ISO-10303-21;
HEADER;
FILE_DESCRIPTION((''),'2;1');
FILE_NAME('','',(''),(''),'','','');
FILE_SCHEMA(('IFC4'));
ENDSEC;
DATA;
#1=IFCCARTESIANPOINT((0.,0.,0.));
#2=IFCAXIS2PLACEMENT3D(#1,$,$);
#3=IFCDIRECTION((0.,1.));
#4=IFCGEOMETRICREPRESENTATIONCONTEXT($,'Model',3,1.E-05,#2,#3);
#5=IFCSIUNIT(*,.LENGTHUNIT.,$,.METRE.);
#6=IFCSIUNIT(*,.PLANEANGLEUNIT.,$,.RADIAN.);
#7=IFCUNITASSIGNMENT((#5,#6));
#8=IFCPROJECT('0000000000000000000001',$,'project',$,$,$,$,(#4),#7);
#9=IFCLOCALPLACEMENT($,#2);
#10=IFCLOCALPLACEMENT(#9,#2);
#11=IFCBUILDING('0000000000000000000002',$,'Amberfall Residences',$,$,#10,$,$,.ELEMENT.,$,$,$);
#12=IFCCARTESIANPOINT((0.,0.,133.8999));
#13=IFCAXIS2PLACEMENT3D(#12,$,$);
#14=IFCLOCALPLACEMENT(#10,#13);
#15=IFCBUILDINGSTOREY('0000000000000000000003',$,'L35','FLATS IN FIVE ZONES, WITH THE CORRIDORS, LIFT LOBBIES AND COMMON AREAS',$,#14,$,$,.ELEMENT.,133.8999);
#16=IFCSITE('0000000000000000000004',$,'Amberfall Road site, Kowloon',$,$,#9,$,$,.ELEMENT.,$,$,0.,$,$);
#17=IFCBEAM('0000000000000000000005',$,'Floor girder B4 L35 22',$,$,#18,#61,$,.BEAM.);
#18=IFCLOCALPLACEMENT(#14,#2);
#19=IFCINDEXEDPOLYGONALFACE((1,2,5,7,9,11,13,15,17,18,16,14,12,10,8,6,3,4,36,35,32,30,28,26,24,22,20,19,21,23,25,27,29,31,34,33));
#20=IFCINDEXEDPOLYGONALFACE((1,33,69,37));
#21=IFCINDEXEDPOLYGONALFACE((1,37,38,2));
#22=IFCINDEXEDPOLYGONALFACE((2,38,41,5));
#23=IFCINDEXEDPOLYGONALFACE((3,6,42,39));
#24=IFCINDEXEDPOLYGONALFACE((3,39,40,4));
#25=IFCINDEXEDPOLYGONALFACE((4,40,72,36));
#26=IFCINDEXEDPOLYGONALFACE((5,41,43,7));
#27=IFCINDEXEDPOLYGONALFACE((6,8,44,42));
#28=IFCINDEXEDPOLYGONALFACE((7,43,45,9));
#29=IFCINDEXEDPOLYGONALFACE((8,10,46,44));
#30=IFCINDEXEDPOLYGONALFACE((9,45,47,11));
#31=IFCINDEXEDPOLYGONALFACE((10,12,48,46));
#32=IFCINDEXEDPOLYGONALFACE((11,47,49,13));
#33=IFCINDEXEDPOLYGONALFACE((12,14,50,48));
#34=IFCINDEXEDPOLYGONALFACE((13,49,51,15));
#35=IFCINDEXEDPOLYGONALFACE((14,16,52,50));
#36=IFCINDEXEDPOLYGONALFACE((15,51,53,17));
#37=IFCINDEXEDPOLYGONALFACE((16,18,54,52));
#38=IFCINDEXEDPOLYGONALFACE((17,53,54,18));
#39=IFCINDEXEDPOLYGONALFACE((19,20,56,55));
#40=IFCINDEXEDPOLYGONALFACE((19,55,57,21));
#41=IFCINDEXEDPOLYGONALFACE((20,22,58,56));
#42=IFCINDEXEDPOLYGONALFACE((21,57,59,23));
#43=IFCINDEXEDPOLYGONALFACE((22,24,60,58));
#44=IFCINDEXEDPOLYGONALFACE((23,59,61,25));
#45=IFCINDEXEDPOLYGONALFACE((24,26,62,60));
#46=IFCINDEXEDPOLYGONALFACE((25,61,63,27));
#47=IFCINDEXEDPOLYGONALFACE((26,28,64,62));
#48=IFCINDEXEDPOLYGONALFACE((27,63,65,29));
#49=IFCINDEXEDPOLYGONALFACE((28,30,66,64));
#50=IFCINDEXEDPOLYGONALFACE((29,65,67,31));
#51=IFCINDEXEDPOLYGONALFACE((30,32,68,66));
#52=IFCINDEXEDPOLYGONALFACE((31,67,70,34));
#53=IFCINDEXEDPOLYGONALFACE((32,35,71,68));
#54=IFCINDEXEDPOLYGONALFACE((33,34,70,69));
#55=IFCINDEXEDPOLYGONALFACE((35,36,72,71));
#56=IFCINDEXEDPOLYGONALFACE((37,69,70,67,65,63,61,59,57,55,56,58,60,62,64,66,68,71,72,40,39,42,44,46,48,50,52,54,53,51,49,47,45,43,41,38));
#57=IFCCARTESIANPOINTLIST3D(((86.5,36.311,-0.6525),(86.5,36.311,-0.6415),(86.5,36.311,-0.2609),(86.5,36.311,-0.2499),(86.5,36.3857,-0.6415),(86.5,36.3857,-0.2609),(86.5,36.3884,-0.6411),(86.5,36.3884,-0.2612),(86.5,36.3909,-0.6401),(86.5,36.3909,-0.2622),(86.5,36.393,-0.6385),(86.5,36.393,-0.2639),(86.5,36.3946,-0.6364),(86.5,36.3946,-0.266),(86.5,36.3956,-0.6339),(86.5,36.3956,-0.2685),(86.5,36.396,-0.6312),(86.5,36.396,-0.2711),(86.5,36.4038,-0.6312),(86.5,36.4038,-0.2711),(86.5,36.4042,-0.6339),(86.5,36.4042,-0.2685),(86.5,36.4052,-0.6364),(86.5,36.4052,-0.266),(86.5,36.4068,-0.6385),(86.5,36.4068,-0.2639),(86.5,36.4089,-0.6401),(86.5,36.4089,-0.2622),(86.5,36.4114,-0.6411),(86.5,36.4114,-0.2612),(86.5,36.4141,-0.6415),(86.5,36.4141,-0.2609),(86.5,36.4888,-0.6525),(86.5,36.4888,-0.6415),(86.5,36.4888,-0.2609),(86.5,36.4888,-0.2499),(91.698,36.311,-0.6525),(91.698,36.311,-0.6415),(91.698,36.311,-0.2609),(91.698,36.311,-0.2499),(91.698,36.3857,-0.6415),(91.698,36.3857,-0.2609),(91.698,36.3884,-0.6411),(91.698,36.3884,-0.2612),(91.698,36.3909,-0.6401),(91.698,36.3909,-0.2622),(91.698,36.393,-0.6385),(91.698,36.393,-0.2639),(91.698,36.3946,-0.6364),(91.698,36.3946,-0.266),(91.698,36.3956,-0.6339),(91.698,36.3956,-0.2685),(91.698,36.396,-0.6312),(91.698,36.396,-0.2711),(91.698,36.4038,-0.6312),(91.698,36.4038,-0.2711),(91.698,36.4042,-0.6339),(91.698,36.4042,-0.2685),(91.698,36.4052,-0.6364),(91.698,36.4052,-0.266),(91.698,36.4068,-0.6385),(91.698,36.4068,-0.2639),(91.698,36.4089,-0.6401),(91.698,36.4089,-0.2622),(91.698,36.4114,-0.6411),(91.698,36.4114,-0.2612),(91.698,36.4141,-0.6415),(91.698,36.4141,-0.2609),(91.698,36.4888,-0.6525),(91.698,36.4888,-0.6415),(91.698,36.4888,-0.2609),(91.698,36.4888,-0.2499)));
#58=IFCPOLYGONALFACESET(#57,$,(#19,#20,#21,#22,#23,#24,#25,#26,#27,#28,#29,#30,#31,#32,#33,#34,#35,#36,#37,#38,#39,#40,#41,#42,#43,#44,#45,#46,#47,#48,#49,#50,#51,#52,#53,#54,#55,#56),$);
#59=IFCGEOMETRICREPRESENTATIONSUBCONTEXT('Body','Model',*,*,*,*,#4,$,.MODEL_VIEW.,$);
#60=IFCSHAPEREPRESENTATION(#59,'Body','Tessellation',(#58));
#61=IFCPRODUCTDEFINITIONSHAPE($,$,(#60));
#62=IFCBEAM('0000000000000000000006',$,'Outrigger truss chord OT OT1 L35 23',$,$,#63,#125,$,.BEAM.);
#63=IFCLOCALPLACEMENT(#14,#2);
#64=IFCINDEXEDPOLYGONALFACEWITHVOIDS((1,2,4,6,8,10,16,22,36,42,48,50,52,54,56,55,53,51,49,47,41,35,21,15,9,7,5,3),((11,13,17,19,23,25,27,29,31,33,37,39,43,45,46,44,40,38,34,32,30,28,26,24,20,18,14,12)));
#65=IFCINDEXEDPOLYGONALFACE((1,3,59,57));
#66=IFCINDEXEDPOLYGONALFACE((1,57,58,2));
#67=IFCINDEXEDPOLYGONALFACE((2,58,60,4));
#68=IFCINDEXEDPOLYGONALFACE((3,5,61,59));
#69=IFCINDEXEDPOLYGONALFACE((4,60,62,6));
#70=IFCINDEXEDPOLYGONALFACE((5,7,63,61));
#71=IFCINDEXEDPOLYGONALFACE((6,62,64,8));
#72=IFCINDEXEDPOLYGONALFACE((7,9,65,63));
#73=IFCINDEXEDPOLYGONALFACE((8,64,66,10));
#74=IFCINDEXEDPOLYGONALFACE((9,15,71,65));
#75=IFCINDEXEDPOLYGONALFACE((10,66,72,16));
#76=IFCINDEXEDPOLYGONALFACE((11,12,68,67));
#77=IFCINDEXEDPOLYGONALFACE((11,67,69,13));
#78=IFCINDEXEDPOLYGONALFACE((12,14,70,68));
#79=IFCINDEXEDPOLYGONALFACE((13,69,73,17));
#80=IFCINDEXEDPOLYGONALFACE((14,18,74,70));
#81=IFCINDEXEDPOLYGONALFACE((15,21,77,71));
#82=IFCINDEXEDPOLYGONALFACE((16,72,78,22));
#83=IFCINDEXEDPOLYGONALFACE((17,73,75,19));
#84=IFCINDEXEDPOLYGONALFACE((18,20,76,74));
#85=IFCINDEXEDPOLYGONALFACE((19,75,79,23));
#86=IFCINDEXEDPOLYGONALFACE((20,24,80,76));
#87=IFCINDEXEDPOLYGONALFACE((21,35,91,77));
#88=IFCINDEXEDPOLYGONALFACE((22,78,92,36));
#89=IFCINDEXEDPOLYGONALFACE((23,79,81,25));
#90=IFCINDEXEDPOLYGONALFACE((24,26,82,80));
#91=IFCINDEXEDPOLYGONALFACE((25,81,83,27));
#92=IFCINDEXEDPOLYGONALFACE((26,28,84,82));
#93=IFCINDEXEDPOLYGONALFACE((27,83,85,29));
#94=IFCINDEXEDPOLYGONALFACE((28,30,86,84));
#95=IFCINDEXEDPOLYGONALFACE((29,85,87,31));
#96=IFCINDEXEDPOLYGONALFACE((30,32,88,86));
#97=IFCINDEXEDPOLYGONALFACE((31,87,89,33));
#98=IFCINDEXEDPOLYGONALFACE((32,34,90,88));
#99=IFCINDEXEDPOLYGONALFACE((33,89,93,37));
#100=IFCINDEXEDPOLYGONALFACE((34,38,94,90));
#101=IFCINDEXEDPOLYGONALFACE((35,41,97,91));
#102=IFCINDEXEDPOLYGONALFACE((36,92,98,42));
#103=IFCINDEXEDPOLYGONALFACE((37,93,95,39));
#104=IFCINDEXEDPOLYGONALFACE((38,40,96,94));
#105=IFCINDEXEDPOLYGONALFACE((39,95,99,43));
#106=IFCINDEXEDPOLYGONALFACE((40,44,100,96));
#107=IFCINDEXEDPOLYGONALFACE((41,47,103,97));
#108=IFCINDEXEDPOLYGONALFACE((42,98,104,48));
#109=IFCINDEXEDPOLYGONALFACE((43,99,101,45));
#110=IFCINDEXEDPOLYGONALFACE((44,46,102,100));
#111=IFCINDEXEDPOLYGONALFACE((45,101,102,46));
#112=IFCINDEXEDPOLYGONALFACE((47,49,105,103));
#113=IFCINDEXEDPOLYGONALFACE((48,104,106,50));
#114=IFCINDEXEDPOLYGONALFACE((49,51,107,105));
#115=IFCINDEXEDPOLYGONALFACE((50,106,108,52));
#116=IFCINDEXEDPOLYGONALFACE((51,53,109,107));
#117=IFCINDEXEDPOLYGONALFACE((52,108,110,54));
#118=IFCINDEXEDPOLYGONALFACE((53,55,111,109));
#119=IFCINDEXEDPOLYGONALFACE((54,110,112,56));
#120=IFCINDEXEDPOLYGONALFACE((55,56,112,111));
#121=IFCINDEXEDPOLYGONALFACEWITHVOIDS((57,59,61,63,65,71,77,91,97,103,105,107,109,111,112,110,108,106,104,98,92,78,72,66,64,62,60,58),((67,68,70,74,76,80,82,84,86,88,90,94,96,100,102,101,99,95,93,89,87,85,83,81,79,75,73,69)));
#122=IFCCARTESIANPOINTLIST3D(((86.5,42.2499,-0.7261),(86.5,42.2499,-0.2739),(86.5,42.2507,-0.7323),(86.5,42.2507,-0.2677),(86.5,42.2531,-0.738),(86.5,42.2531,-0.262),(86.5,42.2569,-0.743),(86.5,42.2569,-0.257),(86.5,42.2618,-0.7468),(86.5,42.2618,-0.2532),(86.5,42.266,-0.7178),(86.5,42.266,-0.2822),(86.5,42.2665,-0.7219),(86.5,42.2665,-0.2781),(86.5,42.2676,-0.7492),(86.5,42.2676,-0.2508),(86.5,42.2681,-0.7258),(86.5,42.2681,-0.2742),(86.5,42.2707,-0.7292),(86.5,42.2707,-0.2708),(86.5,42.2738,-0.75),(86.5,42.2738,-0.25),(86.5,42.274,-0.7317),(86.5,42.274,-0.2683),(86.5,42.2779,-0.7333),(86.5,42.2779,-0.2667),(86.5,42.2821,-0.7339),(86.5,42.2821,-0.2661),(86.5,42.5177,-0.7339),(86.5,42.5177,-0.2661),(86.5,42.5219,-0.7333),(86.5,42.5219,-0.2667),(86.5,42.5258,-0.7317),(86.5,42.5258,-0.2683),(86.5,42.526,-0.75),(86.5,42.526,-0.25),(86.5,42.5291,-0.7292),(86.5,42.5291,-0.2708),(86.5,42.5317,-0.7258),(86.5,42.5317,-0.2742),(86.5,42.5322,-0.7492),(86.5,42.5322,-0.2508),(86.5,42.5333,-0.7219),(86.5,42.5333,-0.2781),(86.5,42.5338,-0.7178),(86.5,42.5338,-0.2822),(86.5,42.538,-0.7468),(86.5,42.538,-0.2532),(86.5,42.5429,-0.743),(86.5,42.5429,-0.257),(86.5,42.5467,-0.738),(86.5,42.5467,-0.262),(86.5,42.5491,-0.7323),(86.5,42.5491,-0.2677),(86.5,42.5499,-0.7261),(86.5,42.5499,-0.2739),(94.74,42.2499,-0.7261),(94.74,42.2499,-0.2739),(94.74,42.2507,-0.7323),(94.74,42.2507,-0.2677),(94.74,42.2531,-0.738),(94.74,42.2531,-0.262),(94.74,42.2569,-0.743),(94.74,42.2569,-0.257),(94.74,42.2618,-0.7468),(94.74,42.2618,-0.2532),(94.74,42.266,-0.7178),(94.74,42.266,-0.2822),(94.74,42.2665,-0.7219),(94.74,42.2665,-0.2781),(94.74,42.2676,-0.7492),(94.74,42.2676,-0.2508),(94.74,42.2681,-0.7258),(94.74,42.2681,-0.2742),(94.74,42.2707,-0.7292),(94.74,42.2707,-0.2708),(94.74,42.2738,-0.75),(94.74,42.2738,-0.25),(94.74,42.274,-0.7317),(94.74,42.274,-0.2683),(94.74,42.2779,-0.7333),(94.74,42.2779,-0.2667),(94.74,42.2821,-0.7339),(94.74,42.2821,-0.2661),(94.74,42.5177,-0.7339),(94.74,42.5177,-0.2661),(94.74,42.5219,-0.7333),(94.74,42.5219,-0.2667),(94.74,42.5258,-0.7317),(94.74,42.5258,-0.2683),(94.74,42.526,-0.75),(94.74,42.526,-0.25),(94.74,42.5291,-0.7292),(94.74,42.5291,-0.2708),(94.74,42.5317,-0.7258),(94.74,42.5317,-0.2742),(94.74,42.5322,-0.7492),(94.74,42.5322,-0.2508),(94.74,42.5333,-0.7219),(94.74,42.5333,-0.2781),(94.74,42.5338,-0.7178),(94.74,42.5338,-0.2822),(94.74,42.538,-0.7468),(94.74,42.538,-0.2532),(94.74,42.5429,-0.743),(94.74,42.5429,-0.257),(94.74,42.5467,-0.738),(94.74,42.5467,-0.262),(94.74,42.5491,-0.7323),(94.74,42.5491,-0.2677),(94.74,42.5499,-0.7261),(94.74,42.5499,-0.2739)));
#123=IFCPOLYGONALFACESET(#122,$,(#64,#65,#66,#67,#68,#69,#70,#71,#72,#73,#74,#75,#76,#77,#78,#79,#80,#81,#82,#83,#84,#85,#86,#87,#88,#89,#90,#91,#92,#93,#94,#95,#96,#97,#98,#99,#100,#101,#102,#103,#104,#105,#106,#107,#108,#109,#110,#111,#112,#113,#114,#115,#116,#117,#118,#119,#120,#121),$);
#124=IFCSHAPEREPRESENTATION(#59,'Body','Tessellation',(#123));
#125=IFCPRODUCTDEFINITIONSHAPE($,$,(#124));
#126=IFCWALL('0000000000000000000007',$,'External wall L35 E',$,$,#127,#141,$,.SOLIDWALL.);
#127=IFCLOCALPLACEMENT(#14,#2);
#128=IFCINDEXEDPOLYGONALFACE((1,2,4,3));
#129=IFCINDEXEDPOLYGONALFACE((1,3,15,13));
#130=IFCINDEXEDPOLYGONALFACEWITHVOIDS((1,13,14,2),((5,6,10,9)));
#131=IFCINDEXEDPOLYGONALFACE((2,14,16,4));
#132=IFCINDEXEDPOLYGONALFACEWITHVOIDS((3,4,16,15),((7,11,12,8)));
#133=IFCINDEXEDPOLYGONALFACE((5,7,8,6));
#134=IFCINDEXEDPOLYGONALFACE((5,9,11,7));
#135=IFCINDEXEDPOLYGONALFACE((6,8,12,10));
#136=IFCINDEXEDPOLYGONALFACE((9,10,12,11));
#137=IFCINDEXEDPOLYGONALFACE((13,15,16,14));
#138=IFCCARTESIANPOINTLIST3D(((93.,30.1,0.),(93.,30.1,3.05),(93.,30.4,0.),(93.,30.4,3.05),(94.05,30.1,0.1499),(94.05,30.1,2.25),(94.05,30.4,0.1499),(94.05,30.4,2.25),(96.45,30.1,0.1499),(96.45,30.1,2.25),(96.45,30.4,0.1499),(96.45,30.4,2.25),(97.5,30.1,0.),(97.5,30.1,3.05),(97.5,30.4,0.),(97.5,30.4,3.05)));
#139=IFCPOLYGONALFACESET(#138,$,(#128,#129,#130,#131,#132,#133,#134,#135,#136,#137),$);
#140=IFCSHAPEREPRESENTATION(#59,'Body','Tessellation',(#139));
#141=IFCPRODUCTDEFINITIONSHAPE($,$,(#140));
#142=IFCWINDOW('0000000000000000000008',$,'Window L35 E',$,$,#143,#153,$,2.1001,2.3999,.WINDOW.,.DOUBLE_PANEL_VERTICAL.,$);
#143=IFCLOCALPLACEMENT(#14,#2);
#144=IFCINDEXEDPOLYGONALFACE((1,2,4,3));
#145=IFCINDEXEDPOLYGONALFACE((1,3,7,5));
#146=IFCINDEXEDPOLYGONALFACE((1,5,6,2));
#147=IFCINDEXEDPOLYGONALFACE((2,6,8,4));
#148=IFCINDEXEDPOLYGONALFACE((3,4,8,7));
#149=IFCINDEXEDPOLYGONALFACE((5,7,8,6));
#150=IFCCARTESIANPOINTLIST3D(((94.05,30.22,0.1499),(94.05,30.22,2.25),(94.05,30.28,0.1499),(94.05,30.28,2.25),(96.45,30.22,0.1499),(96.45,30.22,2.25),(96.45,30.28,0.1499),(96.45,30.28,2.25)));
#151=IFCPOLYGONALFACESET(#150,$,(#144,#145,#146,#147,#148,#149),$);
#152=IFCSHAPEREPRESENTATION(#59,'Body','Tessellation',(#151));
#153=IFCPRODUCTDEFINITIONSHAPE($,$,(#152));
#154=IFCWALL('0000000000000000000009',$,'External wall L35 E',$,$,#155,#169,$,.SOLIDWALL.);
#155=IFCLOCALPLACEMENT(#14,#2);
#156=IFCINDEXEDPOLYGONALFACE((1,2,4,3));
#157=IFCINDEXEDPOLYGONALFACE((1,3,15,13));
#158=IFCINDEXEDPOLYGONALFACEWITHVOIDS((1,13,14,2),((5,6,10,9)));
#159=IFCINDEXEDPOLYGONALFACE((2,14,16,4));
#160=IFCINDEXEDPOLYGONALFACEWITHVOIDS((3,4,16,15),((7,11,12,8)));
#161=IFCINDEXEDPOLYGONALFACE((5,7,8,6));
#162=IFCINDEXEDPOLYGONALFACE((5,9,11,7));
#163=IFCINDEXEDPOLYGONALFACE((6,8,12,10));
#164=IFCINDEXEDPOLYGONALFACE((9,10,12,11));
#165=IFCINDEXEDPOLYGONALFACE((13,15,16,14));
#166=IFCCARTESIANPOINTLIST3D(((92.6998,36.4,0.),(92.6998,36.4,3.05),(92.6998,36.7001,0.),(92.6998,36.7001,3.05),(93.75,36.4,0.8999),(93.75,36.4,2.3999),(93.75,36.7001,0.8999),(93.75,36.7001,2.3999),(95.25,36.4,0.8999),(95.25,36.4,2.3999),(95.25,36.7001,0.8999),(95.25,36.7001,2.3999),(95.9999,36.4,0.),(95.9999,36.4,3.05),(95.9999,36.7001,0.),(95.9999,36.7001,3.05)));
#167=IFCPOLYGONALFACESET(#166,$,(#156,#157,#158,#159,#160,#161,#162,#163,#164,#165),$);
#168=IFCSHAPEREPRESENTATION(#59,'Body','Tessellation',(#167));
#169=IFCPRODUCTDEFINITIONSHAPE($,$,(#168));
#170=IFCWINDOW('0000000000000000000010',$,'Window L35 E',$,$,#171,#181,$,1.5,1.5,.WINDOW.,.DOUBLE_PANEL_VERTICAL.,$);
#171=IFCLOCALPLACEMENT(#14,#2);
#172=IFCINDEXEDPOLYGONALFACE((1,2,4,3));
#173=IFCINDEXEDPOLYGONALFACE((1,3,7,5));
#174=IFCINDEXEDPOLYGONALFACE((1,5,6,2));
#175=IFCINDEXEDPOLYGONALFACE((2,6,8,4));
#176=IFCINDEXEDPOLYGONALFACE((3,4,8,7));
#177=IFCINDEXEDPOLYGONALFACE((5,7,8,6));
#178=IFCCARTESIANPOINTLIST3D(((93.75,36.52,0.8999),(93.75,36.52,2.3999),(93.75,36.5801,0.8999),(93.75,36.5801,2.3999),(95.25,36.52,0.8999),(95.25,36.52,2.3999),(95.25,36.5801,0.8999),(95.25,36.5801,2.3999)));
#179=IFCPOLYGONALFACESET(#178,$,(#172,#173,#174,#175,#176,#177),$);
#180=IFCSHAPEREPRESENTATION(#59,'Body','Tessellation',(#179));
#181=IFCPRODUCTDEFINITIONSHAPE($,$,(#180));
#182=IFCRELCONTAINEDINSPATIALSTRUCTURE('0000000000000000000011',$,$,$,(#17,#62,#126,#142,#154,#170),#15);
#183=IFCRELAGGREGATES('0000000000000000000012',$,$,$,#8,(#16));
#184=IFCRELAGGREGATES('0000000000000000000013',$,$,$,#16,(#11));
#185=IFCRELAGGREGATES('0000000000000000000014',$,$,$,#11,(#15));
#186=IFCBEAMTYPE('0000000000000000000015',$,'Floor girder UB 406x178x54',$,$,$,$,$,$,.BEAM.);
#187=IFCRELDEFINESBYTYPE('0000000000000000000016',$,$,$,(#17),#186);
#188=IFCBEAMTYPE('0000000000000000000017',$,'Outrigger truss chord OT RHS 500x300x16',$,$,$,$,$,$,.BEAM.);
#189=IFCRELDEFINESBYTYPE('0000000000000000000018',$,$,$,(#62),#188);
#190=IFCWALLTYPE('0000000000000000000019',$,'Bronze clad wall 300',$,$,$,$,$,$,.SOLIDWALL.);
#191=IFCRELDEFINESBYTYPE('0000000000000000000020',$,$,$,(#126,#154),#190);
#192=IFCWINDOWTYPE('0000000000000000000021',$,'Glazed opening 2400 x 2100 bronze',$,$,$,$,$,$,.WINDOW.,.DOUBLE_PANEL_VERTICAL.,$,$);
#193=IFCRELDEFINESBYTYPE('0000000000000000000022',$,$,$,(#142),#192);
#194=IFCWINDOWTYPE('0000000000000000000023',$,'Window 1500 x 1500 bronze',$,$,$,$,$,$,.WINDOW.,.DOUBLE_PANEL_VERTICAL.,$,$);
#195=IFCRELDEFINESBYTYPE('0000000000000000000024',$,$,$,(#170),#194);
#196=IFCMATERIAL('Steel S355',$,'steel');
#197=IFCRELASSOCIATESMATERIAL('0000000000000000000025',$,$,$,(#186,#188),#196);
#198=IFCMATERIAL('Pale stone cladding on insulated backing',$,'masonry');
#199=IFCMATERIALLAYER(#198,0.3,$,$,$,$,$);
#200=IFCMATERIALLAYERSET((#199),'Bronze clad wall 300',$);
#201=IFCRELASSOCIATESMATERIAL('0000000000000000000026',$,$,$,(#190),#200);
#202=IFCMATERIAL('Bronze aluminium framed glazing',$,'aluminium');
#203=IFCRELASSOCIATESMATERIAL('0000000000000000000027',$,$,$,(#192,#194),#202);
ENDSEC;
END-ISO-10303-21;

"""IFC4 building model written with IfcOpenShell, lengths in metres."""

from ifc_helpers import new_model, si_unit, direction, frame, frame_2d, origin, origin_2d, place, context, subcontext, project, spatial, rectangle, hollow_rectangle, i_section, extrude, material, layer, layer_set, material_profile, profile_set, type_object, element, fill, save


model = new_model("IFC4")

# Units and contexts
model_context = context("Model", 3, precision=1e-05, world=origin(), true_north=direction((0.0, 1.0)))
body_context = subcontext(model_context, "Body", "Model", "MODEL_VIEW")
ifc_project = project(units=[si_unit("LENGTHUNIT", "METRE"), si_unit("PLANEANGLEUNIT", "RADIAN")], contexts=[model_context])

# Site, building, storey
site_placement = place(None, origin())
site = spatial("IfcSite", under=ifc_project, at=site_placement, Name="Amberfall Road site, Kowloon", CompositionType="ELEMENT", RefElevation=0.0)
building_placement = place(site_placement, origin())
building = spatial("IfcBuilding", under=site, at=building_placement, Name="Amberfall Residences", CompositionType="ELEMENT")
storey_placement = place(building_placement, frame((0.0, 0.0, 133.8999)))
storey = spatial("IfcBuildingStorey", under=building, at=storey_placement, Name="L35", Description="FLATS IN FIVE ZONES, WITH THE CORRIDORS, LIFT LOBBIES AND COMMON AREAS", CompositionType="ELEMENT", Elevation=133.8999)

# Shared definitions
ifc_material_1 = material(Name="Steel S355", Category="steel")

# Beams
ifc_material_profile_1 = material_profile(ifc_material_1, i_section(OverallWidth=0.1777, OverallDepth=0.4026, WebThickness=0.0078, FlangeThickness=0.011, FilletRadius=0.0103, at=origin_2d()), Name="UB 406x178x54")
ifc_profile_set_1 = profile_set([ifc_material_profile_1], Name="Steel S355")
beam_type_1 = type_object("IfcBeamType", Name="Floor girder UB 406x178x54", PredefinedType="BEAM", material=ifc_profile_set_1)
beam_1_placement = place(storey_placement, frame((91.698, 36.3999, -0.4512), z_axis=(-1.0, 0.0, 0.0), x_axis=(0.0, -1.0, 0.0)))
element("IfcBeam", 1, at=beam_1_placement, inside=storey, type_object=beam_type_1, Name="Floor girder B4 L35 22", PredefinedType="BEAM", context=body_context, shape_type="SweptSolid", body=[
    extrude(i_section(OverallWidth=0.1777, OverallDepth=0.4026, WebThickness=0.0078, FlangeThickness=0.011, FilletRadius=0.0103, at=origin_2d()), origin(), (0.0, 0.0, 1.0), 5.198),
])
ifc_material_profile_2 = material_profile(ifc_material_1, hollow_rectangle(XDim=0.3, YDim=0.5, WallThickness=0.0161, InnerFilletRadius=0.0161, OuterFilletRadius=0.0239, at=origin_2d()), Name="RHS 500x300x16")
ifc_profile_set_2 = profile_set([ifc_material_profile_2], Name="Steel S355")
beam_type_2 = type_object("IfcBeamType", Name="Outrigger truss chord OT RHS 500x300x16", PredefinedType="BEAM", material=ifc_profile_set_2)
beam_2_placement = place(storey_placement, frame((94.74, 42.3999, -0.5), z_axis=(-1.0, 0.0, 0.0), x_axis=(0.0, -1.0, 0.0)))
element("IfcBeam", 2, at=beam_2_placement, inside=storey, type_object=beam_type_2, Name="Outrigger truss chord OT OT1 L35 23", PredefinedType="BEAM", context=body_context, shape_type="SweptSolid", body=[
    extrude(hollow_rectangle(XDim=0.3, YDim=0.5, WallThickness=0.0161, InnerFilletRadius=0.0161, OuterFilletRadius=0.0239, at=origin_2d()), origin(), (0.0, 0.0, 1.0), 8.24),
])

# Walls, openings, windows
ifc_material_2 = material(Name="Pale stone cladding on insulated backing", Category="masonry")
ifc_layer_1 = layer(ifc_material_2, 0.3)
ifc_layer_set_1 = layer_set([ifc_layer_1], Name="Bronze clad wall 300")
wall_type_1 = type_object("IfcWallType", Name="Bronze clad wall 300", PredefinedType="SOLIDWALL", material=ifc_layer_set_1)
wall_1_placement = place(storey_placement, frame((97.5, 30.25, 0.0), z_axis=(0.0, 0.0, 1.0), x_axis=(-1.0, 0.0, 0.0)))
wall_1 = element("IfcWall", 3, at=wall_1_placement, inside=storey, type_object=wall_type_1, Name="External wall L35 E", PredefinedType="SOLIDWALL", context=body_context, shape_type="SweptSolid", body=[
    extrude(rectangle(XDim=4.5, YDim=0.3, at=frame_2d((2.25, 0.0))), origin(), (0.0, 0.0, 1.0), 3.05),
])
opening_1_placement = place(wall_1_placement, frame((1.05, 0.0, 0.1499)))
opening_1 = element("IfcOpeningElement", 4, at=opening_1_placement, cuts=wall_1, PredefinedType="OPENING", context=body_context, shape_type="SweptSolid", body=[
    extrude(rectangle(XDim=2.3999, YDim=2.1001, at=frame_2d((1.2, 1.05))), frame((0.0, 0.1599, 0.0), z_axis=(0.0, -1.0, 0.0), x_axis=(1.0, 0.0, 0.0)), (0.0, 0.0, 1.0), 0.3201),
])
ifc_material_3 = material(Name="Bronze aluminium framed glazing", Category="aluminium")
window_type_1 = type_object("IfcWindowType", Name="Glazed opening 2400 x 2100 bronze", PartitioningType="DOUBLE_PANEL_VERTICAL", PredefinedType="WINDOW", material=ifc_material_3)
window_1_placement = place(opening_1_placement, origin())
window_1 = element("IfcWindow", 5, at=window_1_placement, inside=storey, type_object=window_type_1, Name="Window L35 E", OverallHeight=2.1001, OverallWidth=2.3999, PartitioningType="DOUBLE_PANEL_VERTICAL", PredefinedType="WINDOW", context=body_context, shape_type="SweptSolid", body=[
    extrude(rectangle(XDim=2.3999, YDim=2.1001, at=frame_2d((1.2, 1.05))), frame((0.0, 0.03, 0.0), z_axis=(0.0, -1.0, 0.0), x_axis=(1.0, 0.0, 0.0)), (0.0, 0.0, 1.0), 0.0601),
])
fill(opening_1, window_1)
wall_2_placement = place(storey_placement, frame((92.7, 36.55, 0.0), z_axis=(0.0, 0.0, 1.0), x_axis=(1.0, 0.0, 0.0)))
wall_2 = element("IfcWall", 6, at=wall_2_placement, inside=storey, type_object=wall_type_1, Name="External wall L35 E", PredefinedType="SOLIDWALL", context=body_context, shape_type="SweptSolid", body=[
    extrude(rectangle(XDim=3.3, YDim=0.3, at=frame_2d((1.6499, 0.0))), origin(), (0.0, 0.0, 1.0), 3.05),
])
opening_2_placement = place(wall_2_placement, frame((1.05, 0.0, 0.8999)))
opening_2 = element("IfcOpeningElement", 7, at=opening_2_placement, cuts=wall_2, PredefinedType="OPENING", context=body_context, shape_type="SweptSolid", body=[
    extrude(rectangle(XDim=1.5, YDim=1.5, at=frame_2d((0.75, 0.75))), frame((0.0, 0.1599, 0.0), z_axis=(0.0, -1.0, 0.0), x_axis=(1.0, 0.0, 0.0)), (0.0, 0.0, 1.0), 0.3201),
])
window_type_2 = type_object("IfcWindowType", Name="Window 1500 x 1500 bronze", PartitioningType="DOUBLE_PANEL_VERTICAL", PredefinedType="WINDOW", material=ifc_material_3)
window_2_placement = place(opening_2_placement, origin())
window_2 = element("IfcWindow", 8, at=window_2_placement, inside=storey, type_object=window_type_2, Name="Window L35 E", OverallHeight=1.5, OverallWidth=1.5, PartitioningType="DOUBLE_PANEL_VERTICAL", PredefinedType="WINDOW", context=body_context, shape_type="SweptSolid", body=[
    extrude(rectangle(XDim=1.5, YDim=1.5, at=frame_2d((0.75, 0.75))), frame((0.0, 0.03, 0.0), z_axis=(0.0, -1.0, 0.0), x_axis=(1.0, 0.0, 0.0)), (0.0, 0.0, 1.0), 0.0601),
])
fill(opening_2, window_2)

save(model, "model.ifc")
